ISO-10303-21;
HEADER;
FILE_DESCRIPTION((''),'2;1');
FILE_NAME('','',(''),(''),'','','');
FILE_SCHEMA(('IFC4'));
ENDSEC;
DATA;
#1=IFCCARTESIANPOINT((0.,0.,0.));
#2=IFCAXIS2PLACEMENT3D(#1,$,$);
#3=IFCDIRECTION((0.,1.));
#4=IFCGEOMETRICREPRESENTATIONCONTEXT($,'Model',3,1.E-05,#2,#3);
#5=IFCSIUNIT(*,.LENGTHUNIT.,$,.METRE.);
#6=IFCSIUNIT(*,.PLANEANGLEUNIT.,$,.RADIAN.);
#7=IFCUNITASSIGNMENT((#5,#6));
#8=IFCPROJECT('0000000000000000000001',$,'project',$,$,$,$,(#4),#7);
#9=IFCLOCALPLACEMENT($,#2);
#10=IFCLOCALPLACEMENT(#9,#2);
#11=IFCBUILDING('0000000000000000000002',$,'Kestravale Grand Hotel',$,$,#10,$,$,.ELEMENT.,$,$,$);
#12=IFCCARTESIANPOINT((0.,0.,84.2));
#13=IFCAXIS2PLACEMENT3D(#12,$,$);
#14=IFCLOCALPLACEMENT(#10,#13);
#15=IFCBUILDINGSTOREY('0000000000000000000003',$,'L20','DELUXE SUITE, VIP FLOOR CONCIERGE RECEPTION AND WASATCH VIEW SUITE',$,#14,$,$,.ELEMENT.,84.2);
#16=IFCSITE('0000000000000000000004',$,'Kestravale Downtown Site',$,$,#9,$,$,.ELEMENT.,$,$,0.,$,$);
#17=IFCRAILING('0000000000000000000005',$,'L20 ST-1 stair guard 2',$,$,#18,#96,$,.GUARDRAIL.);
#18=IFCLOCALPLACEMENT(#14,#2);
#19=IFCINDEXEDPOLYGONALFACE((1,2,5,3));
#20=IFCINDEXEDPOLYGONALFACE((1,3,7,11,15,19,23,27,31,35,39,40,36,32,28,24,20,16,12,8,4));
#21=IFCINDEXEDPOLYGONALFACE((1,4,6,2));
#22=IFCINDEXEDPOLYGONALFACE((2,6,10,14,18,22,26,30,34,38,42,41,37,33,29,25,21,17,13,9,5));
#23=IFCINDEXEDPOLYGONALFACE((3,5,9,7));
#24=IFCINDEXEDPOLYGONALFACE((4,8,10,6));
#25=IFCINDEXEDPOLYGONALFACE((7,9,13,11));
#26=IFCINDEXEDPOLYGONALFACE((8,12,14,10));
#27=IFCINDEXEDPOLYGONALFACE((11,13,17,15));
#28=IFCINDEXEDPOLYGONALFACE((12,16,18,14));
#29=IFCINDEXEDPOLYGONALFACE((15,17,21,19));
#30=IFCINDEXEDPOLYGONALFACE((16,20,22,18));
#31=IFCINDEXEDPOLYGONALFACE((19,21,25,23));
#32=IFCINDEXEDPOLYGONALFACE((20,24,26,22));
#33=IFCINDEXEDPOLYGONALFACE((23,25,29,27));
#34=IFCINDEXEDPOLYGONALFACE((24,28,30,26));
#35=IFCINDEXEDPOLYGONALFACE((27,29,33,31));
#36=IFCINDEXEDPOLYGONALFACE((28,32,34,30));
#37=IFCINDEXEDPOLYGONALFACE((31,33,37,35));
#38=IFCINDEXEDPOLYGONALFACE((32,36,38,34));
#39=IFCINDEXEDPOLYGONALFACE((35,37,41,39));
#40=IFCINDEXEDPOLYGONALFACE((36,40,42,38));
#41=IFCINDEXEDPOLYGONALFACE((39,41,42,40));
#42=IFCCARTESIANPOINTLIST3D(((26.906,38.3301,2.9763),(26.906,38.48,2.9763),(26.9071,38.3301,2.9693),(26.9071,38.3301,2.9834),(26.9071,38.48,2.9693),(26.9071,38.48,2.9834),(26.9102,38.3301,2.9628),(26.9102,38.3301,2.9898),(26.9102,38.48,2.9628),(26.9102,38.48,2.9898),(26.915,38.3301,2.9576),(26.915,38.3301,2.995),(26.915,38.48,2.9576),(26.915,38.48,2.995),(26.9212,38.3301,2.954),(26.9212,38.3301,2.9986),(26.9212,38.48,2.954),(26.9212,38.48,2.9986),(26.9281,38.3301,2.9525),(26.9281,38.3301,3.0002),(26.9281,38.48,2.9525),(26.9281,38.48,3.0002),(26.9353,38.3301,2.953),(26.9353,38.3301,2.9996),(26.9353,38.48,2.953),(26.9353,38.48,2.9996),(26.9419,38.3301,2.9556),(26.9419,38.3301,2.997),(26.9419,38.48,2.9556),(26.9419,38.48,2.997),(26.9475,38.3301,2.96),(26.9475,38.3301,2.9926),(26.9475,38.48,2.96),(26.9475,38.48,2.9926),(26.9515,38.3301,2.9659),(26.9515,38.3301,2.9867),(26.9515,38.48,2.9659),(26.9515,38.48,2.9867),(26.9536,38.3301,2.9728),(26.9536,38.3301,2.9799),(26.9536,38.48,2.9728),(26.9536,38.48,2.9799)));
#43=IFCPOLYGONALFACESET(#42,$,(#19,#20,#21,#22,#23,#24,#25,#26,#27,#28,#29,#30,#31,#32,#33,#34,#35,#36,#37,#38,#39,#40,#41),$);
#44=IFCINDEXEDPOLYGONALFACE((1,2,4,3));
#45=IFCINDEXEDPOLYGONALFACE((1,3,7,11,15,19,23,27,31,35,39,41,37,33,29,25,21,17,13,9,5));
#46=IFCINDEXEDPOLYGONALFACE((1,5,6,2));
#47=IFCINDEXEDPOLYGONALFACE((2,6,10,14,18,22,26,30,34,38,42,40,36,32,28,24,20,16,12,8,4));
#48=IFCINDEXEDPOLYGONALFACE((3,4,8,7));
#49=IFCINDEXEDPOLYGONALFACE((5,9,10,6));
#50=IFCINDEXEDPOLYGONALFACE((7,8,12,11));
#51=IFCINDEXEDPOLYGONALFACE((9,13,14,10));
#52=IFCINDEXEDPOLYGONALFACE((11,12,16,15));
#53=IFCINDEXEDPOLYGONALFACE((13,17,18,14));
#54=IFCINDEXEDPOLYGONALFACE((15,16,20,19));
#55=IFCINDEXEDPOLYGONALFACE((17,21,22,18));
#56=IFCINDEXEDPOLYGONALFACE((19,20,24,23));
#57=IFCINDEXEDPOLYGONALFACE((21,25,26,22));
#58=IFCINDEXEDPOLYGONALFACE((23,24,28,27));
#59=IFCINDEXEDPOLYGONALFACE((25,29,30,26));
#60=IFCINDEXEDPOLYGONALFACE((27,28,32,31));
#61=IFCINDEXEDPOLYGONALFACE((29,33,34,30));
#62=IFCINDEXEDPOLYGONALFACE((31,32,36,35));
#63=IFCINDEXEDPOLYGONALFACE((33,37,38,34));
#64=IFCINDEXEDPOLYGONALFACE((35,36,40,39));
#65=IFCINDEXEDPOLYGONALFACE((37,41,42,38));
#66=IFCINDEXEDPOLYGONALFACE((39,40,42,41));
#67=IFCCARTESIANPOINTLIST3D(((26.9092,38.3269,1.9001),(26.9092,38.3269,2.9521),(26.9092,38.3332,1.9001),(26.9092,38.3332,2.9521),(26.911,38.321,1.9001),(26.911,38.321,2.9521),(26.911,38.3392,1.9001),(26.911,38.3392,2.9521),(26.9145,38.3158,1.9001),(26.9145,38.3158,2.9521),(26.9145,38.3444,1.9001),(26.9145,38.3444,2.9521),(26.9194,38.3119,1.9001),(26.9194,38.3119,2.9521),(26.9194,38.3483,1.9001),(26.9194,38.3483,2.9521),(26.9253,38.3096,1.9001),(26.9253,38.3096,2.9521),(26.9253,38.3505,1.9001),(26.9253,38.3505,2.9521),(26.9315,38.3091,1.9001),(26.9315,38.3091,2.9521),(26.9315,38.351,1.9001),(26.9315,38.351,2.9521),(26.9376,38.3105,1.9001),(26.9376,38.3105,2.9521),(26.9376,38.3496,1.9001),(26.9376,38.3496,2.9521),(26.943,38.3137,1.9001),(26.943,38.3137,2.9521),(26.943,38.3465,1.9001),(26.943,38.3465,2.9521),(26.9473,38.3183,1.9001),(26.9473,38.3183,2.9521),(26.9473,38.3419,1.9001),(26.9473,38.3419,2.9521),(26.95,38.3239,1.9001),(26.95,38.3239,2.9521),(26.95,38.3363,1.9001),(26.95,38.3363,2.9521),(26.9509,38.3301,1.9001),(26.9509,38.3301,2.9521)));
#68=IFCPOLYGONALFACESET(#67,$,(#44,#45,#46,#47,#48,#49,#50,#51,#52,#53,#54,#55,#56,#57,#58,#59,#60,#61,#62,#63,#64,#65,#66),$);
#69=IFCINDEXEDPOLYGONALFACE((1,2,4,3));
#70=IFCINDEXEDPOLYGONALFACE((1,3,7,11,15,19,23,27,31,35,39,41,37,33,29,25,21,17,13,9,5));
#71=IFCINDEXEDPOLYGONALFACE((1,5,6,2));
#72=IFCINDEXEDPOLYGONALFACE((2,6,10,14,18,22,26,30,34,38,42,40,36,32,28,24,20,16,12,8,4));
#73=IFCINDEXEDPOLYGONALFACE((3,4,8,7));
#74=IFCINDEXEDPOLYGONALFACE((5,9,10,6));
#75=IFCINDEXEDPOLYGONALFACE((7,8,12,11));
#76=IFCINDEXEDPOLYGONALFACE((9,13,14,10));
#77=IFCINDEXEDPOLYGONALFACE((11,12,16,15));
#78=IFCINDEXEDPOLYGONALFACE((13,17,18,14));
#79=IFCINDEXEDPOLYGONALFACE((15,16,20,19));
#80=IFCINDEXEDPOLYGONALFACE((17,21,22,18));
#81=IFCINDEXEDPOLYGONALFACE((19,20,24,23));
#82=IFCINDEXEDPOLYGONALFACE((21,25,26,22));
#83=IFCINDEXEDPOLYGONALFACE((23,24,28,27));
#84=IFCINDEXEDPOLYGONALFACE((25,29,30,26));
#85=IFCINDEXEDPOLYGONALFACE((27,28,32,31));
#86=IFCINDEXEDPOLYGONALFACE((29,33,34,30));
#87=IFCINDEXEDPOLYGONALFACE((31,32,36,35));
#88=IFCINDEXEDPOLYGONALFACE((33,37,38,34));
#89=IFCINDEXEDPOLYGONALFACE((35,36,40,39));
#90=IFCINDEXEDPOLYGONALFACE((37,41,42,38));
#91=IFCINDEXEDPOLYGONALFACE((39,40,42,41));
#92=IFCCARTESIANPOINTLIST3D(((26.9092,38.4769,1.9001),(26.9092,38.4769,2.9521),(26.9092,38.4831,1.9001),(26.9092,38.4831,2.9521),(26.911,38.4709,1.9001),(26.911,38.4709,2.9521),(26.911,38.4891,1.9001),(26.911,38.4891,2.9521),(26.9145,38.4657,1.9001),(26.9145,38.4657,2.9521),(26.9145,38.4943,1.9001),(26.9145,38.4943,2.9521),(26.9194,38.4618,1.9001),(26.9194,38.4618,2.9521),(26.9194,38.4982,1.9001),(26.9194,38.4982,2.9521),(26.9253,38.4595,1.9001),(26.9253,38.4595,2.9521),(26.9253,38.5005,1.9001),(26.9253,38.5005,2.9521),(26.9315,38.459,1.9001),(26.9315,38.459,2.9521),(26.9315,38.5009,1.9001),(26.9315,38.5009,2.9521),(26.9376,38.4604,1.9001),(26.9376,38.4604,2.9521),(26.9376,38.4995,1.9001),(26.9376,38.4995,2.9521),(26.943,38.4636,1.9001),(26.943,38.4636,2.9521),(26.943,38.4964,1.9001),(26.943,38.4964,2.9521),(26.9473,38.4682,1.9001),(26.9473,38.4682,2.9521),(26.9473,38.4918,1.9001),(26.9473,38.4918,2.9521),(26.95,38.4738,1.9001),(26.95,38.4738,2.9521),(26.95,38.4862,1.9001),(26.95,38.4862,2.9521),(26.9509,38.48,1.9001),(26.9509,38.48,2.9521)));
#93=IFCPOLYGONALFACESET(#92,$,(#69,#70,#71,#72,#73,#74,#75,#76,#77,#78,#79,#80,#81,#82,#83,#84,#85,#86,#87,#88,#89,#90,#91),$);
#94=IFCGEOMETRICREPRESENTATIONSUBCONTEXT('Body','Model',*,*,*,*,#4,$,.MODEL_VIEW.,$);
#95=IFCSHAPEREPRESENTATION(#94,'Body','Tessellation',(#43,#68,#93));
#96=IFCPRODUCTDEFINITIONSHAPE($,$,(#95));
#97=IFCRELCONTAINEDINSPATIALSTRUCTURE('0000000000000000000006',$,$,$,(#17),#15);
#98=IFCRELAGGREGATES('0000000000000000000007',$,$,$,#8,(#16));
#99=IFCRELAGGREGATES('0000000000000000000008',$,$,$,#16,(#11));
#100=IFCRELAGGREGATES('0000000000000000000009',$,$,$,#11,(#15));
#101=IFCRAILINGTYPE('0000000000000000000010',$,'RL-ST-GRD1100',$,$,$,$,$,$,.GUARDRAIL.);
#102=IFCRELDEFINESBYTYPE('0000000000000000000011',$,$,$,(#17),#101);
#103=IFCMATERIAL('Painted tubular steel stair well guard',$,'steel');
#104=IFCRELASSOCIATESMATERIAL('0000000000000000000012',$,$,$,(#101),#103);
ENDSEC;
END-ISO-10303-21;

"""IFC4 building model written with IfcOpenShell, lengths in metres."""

from ifc_helpers import new_model, si_unit, direction, frame, origin, origin_2d, place, context, subcontext, project, spatial, circle, extrude, material, type_object, element, save


model = new_model("IFC4")

# Units and contexts
model_context = context("Model", 3, precision=1e-05, world=origin(), true_north=direction((0.0, 1.0)))
body_context = subcontext(model_context, "Body", "Model", "MODEL_VIEW")
ifc_project = project(units=[si_unit("LENGTHUNIT", "METRE"), si_unit("PLANEANGLEUNIT", "RADIAN")], contexts=[model_context])

# Site, building, storey
site_placement = place(None, origin())
site = spatial("IfcSite", under=ifc_project, at=site_placement, Name="Kestravale Downtown Site", CompositionType="ELEMENT", RefElevation=0.0)
building_placement = place(site_placement, origin())
building = spatial("IfcBuilding", under=site, at=building_placement, Name="Kestravale Grand Hotel", CompositionType="ELEMENT")
storey_placement = place(building_placement, frame((0.0, 0.0, 84.2)))
storey = spatial("IfcBuildingStorey", under=building, at=storey_placement, Name="L20", Description="DELUXE SUITE, VIP FLOOR CONCIERGE RECEPTION AND WASATCH VIEW SUITE", CompositionType="ELEMENT", Elevation=84.2)

# Railing
ifc_material_1 = material(Name="Painted tubular steel stair well guard", Category="steel")
railing_type_1 = type_object("IfcRailingType", Name="RL-ST-GRD1100", PredefinedType="GUARDRAIL", material=ifc_material_1)
railing_1_placement = place(storey_placement, frame((26.9299, 38.3301, 1.9001)))
element("IfcRailing", 1, at=railing_1_placement, inside=storey, type_object=railing_type_1, Name="L20 ST-1 stair guard 2", PredefinedType="GUARDRAIL", context=body_context, shape_type="SweptSolid", body=[
    extrude(circle(Radius=0.0239, at=origin_2d()), frame((0.0, 0.0, 1.0762), z_axis=(0.0, 1.0, 0.0), x_axis=(-1.0, 0.0, 0.0)), (0.0, 0.0, 1.0), 0.1499),
    extrude(circle(Radius=0.021, at=origin_2d()), origin(), (0.0, 0.0, 1.0), 1.052),
    extrude(circle(Radius=0.021, at=origin_2d()), frame((0.0, 0.1499, 0.0)), (0.0, 0.0, 1.0), 1.052),
])

save(model, "model.ifc")
